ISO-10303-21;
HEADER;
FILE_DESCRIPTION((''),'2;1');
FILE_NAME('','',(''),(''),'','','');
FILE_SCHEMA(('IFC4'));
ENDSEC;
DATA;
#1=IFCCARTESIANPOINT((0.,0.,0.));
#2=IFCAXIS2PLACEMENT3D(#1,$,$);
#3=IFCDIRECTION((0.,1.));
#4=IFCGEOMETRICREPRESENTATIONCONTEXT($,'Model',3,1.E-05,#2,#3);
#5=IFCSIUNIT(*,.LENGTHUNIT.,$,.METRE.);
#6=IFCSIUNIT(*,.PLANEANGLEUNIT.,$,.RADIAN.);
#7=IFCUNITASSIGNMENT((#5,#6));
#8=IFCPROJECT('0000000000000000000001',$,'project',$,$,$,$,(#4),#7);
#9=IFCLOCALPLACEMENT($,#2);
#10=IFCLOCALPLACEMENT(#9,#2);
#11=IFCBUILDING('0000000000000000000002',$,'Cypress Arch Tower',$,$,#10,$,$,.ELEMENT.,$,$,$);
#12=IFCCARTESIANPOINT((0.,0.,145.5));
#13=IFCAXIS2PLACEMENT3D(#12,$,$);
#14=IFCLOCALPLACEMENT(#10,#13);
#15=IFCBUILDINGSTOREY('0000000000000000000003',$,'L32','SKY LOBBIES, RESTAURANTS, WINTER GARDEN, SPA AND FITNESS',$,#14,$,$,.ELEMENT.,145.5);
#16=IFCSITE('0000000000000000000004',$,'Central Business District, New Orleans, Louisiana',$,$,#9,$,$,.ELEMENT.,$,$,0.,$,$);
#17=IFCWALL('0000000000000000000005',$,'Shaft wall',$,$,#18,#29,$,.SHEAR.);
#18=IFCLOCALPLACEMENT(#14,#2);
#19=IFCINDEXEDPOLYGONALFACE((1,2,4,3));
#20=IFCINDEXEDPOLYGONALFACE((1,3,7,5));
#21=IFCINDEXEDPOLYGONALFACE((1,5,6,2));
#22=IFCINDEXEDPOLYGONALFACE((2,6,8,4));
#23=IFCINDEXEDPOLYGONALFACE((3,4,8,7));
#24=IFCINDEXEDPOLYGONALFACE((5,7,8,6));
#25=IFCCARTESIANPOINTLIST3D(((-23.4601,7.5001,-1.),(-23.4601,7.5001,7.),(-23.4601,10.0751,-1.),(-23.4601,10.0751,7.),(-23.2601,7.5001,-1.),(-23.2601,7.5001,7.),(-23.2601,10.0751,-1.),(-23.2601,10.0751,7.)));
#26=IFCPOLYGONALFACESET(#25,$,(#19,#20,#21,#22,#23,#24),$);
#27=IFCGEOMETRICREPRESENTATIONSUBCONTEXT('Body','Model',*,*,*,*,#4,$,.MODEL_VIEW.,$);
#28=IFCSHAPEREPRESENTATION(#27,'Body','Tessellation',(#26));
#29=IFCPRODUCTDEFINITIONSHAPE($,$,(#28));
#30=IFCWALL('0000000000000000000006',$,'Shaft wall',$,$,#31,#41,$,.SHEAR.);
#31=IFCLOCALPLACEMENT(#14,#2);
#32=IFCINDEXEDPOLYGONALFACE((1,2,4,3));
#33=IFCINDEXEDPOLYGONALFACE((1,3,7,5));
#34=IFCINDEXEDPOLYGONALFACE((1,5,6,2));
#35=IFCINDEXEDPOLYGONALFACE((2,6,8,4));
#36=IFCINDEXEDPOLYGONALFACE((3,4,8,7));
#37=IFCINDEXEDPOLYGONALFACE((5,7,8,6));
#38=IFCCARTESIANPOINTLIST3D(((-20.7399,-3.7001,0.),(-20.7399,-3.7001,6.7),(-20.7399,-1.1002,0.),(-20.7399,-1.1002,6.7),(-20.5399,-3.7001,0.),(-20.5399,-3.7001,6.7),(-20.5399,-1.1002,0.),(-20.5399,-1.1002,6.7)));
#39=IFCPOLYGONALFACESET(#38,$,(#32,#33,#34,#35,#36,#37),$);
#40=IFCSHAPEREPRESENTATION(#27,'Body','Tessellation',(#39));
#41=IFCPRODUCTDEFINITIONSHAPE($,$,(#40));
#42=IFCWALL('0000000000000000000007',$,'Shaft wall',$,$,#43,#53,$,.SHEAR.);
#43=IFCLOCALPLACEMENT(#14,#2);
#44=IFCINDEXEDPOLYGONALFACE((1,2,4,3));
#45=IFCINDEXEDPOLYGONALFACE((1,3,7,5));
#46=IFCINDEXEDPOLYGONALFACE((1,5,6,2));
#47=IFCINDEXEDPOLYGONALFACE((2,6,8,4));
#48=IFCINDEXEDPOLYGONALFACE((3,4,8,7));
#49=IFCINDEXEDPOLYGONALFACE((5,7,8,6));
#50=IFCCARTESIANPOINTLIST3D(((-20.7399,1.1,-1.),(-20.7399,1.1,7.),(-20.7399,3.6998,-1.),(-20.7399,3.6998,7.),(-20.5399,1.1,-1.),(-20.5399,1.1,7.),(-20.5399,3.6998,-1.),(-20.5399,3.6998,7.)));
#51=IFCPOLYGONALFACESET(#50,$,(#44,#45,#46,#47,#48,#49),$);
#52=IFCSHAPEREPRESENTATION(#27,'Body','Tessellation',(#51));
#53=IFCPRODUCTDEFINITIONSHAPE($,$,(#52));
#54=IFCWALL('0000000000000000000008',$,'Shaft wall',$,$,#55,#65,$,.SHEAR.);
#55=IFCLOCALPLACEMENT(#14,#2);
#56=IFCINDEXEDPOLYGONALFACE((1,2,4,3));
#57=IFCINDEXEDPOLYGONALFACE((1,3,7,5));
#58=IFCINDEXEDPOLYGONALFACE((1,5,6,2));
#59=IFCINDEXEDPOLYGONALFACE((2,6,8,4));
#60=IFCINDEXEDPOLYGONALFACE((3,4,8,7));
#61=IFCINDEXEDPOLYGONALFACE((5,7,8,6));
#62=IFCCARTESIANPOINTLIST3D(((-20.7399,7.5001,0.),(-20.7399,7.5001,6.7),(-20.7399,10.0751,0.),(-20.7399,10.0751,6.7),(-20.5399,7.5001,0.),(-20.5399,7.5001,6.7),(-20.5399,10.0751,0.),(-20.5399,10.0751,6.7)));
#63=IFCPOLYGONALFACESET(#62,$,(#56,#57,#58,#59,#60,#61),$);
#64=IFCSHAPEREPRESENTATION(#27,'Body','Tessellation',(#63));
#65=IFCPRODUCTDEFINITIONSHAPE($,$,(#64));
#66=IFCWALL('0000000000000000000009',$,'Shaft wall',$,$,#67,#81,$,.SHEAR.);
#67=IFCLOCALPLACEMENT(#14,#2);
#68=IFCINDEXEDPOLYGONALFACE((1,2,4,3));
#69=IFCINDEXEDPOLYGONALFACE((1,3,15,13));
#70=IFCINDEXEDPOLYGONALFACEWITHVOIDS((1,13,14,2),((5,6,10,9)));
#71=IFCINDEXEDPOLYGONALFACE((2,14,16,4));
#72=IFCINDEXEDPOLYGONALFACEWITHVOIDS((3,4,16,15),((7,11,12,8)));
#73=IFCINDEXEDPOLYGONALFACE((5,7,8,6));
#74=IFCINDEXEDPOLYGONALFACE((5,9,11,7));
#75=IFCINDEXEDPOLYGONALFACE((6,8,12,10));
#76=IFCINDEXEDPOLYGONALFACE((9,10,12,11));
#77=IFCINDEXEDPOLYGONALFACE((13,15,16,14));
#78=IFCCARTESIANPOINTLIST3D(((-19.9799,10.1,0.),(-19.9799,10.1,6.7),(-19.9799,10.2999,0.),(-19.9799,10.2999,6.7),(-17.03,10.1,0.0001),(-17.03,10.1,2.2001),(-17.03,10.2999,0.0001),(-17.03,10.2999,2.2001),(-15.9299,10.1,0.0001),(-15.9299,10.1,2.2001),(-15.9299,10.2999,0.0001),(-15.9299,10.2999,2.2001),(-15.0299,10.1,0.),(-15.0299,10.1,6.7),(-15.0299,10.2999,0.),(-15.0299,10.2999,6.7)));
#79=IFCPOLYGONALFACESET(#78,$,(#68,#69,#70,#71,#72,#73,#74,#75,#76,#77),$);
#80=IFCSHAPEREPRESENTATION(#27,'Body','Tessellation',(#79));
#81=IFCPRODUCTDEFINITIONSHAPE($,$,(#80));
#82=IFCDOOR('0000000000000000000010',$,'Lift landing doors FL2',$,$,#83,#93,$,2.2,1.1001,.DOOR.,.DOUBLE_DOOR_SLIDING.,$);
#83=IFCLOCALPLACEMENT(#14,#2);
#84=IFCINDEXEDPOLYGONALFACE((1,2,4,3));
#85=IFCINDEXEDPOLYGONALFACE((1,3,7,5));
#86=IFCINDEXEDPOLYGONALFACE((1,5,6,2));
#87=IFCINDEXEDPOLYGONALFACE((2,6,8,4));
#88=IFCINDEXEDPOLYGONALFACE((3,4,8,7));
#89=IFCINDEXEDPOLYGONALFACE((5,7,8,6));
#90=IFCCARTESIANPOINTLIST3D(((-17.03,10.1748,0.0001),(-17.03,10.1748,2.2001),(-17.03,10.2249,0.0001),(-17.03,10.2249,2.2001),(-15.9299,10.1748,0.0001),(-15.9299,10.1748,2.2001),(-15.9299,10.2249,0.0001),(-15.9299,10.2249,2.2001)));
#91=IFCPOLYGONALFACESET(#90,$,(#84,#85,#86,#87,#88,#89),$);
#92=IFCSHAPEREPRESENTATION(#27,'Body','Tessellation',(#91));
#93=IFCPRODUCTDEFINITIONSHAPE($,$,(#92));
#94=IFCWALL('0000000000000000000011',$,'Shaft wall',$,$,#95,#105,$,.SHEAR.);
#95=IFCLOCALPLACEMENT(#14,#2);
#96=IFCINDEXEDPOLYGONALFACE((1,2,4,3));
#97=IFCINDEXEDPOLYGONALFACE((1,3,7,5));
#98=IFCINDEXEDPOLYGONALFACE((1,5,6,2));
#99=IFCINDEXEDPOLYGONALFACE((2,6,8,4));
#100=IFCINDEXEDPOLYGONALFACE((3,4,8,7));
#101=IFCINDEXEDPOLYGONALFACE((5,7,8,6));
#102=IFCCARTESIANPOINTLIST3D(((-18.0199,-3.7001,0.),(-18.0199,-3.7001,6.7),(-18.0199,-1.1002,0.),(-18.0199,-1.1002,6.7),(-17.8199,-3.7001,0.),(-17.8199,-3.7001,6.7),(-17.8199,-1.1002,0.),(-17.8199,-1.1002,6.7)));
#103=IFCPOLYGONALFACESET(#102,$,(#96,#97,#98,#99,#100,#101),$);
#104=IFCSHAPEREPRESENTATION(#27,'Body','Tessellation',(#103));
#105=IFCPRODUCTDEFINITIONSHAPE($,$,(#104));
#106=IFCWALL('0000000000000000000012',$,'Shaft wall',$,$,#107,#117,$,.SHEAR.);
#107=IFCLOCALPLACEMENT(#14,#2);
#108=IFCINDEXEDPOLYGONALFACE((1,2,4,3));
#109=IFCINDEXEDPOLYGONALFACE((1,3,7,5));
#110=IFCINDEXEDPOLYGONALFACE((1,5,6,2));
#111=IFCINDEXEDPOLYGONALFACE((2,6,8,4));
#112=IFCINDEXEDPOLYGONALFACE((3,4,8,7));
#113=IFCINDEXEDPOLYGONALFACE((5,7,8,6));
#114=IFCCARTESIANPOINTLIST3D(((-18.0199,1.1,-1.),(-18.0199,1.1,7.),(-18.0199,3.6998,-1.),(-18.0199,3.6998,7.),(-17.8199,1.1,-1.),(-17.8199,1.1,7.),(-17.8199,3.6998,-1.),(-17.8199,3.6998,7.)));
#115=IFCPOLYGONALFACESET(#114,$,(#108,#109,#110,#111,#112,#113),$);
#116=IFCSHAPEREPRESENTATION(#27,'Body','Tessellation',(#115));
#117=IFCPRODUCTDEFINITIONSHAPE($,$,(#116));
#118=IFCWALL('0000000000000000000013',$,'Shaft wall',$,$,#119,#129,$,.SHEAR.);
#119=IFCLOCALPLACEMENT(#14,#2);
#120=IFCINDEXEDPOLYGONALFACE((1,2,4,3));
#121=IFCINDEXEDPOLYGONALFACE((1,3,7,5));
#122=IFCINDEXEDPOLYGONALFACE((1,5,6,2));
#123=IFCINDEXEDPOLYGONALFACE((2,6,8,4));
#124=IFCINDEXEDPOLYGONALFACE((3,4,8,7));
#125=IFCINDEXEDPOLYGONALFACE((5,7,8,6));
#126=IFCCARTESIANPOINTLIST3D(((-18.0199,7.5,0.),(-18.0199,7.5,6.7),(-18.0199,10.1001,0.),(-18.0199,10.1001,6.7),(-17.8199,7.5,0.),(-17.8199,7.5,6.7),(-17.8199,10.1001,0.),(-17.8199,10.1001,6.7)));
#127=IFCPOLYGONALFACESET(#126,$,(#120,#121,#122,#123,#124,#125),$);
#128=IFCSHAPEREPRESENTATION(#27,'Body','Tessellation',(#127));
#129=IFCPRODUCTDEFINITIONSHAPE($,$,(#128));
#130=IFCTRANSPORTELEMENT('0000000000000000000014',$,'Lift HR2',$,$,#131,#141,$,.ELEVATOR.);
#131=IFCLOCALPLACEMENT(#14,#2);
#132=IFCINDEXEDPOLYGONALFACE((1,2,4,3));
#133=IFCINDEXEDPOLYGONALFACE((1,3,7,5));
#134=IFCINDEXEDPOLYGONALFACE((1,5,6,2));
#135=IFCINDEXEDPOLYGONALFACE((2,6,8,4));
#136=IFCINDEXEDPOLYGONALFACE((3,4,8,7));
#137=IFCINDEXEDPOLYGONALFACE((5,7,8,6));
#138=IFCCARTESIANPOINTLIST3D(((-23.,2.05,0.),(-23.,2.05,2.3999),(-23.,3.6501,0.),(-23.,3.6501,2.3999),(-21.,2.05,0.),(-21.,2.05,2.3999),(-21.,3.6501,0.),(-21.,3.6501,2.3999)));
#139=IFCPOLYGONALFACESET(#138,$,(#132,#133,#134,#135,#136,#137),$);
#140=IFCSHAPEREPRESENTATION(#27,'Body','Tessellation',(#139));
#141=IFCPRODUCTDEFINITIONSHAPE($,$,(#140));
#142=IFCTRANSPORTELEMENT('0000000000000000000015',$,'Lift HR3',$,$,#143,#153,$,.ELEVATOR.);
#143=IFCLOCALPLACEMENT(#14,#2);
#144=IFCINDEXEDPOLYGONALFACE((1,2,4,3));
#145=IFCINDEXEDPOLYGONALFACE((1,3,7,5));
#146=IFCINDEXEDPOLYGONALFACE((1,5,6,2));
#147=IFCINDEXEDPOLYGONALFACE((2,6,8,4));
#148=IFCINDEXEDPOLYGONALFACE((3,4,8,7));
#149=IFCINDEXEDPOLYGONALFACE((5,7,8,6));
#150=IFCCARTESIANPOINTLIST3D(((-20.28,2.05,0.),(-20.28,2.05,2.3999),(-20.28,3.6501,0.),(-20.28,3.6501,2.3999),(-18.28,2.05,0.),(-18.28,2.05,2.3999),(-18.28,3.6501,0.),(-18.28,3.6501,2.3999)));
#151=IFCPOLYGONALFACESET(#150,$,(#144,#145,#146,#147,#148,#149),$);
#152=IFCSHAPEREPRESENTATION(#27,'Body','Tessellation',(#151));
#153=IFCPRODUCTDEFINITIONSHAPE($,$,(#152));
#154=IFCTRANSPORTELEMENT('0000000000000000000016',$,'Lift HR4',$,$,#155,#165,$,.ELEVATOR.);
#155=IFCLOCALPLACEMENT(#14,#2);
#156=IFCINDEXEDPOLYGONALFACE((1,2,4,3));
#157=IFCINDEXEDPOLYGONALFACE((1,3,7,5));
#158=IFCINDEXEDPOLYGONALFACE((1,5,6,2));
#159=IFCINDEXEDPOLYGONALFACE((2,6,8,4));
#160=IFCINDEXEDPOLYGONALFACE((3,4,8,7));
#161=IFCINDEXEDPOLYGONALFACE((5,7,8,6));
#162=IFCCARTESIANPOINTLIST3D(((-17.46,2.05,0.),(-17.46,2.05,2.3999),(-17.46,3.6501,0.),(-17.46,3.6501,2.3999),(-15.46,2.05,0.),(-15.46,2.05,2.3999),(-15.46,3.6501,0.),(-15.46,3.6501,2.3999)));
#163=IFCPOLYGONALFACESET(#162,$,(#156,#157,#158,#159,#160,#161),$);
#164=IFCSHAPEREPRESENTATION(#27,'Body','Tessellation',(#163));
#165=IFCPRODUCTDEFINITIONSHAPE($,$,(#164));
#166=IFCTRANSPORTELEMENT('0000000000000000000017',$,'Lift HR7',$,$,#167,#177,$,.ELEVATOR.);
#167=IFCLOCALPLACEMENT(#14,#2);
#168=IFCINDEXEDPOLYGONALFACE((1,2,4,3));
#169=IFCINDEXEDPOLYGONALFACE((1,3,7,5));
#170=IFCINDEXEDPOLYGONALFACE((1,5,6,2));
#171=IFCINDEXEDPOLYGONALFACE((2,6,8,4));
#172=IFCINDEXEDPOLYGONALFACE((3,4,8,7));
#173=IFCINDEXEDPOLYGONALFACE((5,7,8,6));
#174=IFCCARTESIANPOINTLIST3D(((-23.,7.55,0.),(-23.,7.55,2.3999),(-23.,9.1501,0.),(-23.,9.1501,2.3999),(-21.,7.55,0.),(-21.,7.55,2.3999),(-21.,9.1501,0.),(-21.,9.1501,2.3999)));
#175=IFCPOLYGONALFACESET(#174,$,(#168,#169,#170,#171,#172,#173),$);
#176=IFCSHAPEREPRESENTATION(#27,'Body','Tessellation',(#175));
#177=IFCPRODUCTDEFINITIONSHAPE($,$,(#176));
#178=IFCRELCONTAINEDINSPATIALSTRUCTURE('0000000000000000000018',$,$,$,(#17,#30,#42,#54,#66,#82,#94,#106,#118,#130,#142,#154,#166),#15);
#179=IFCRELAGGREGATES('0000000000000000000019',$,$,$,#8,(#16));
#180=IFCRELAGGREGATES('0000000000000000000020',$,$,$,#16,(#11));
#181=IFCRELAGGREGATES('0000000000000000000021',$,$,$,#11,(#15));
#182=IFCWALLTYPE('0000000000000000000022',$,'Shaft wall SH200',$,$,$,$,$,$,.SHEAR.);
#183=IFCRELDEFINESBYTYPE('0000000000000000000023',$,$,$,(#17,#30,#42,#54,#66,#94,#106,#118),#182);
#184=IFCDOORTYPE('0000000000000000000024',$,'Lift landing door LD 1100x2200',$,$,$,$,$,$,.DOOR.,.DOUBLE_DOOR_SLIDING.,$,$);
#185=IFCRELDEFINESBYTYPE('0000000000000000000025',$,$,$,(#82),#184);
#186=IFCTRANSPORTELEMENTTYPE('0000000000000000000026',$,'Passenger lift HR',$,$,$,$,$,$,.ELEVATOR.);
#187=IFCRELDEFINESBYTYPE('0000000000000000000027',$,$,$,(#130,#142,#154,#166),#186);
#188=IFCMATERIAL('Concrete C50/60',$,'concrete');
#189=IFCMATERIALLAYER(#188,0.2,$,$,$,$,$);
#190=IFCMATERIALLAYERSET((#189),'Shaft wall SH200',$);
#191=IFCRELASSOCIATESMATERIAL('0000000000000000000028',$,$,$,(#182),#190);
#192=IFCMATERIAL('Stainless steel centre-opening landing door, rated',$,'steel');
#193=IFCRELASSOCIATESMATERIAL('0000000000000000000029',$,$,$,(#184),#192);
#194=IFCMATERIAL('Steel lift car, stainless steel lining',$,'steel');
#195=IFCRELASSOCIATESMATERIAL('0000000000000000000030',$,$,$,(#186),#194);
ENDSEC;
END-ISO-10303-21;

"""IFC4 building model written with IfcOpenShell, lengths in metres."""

from ifc_helpers import new_model, si_unit, direction, frame, frame_2d, origin, origin_2d, place, context, subcontext, project, spatial, rectangle, extrude, material, layer, layer_set, type_object, element, fill, save


model = new_model("IFC4")

# Units and contexts
model_context = context("Model", 3, precision=1e-05, world=origin(), true_north=direction((0.0, 1.0)))
body_context = subcontext(model_context, "Body", "Model", "MODEL_VIEW")
ifc_project = project(units=[si_unit("LENGTHUNIT", "METRE"), si_unit("PLANEANGLEUNIT", "RADIAN")], contexts=[model_context])

# Site, building, storey
site_placement = place(None, origin())
site = spatial("IfcSite", under=ifc_project, at=site_placement, Name="Central Business District, New Orleans, Louisiana", CompositionType="ELEMENT", RefElevation=0.0)
building_placement = place(site_placement, origin())
building = spatial("IfcBuilding", under=site, at=building_placement, Name="Cypress Arch Tower", CompositionType="ELEMENT")
storey_placement = place(building_placement, frame((0.0, 0.0, 145.5)))
storey = spatial("IfcBuildingStorey", under=building, at=storey_placement, Name="L32", Description="SKY LOBBIES, RESTAURANTS, WINTER GARDEN, SPA AND FITNESS", CompositionType="ELEMENT", Elevation=145.5)

# Walls
ifc_material_1 = material(Name="Concrete C50/60", Category="concrete")
ifc_layer_1 = layer(ifc_material_1, 0.2)
ifc_layer_set_1 = layer_set([ifc_layer_1], Name="Shaft wall SH200")
wall_type_1 = type_object("IfcWallType", Name="Shaft wall SH200", PredefinedType="SHEAR", material=ifc_layer_set_1)
wall_1_placement = place(storey_placement, frame((-23.3601, 7.5, -1.0), z_axis=(0.0, 0.0, 1.0), x_axis=(0.0, 1.0, 0.0)))
element("IfcWall", 1, at=wall_1_placement, inside=storey, type_object=wall_type_1, Name="Shaft wall", PredefinedType="SHEAR", context=body_context, shape_type="SweptSolid", body=[
    extrude(rectangle(XDim=2.575, YDim=0.2, at=frame_2d((1.2876, 0.0))), origin(), (0.0, 0.0, 1.0), 8.0),
])
wall_2_placement = place(storey_placement, frame((-20.6399, -3.7, 0.0), z_axis=(0.0, 0.0, 1.0), x_axis=(0.0, 1.0, 0.0)))
element("IfcWall", 2, at=wall_2_placement, inside=storey, type_object=wall_type_1, Name="Shaft wall", PredefinedType="SHEAR", context=body_context, shape_type="SweptSolid", body=[
    extrude(rectangle(XDim=2.5999, YDim=0.2, at=frame_2d((1.2998, 0.0))), origin(), (0.0, 0.0, 1.0), 6.7),
])
wall_3_placement = place(storey_placement, frame((-20.6399, 1.1001, -1.0), z_axis=(0.0, 0.0, 1.0), x_axis=(0.0, 1.0, 0.0)))
element("IfcWall", 3, at=wall_3_placement, inside=storey, type_object=wall_type_1, Name="Shaft wall", PredefinedType="SHEAR", context=body_context, shape_type="SweptSolid", body=[
    extrude(rectangle(XDim=2.5999, YDim=0.2, at=frame_2d((1.2998, 0.0))), origin(), (0.0, 0.0, 1.0), 8.0),
])
wall_4_placement = place(storey_placement, frame((-20.6399, 7.5, 0.0), z_axis=(0.0, 0.0, 1.0), x_axis=(0.0, 1.0, 0.0)))
element("IfcWall", 4, at=wall_4_placement, inside=storey, type_object=wall_type_1, Name="Shaft wall", PredefinedType="SHEAR", context=body_context, shape_type="SweptSolid", body=[
    extrude(rectangle(XDim=2.575, YDim=0.2, at=frame_2d((1.2876, 0.0))), origin(), (0.0, 0.0, 1.0), 6.7),
])

# Wall, opening, door
wall_5_placement = place(storey_placement, frame((-19.98, 10.2, 0.0), z_axis=(0.0, 0.0, 1.0), x_axis=(1.0, 0.0, 0.0)))
wall_5 = element("IfcWall", 5, at=wall_5_placement, inside=storey, type_object=wall_type_1, Name="Shaft wall", PredefinedType="SHEAR", context=body_context, shape_type="SweptSolid", body=[
    extrude(rectangle(XDim=4.95, YDim=0.2, at=frame_2d((2.4751, 0.0))), origin(), (0.0, 0.0, 1.0), 6.7),
])
opening_placement = place(wall_5_placement, frame((2.95, 0.0, 0.0)))
opening = element("IfcOpeningElement", 6, at=opening_placement, cuts=wall_5, PredefinedType="OPENING", context=body_context, shape_type="SweptSolid", body=[
    extrude(rectangle(XDim=1.1001, YDim=2.2, at=frame_2d((0.55, 1.1001))), frame((0.0, 0.1099, 0.0), z_axis=(0.0, -1.0, 0.0), x_axis=(1.0, 0.0, 0.0)), (0.0, 0.0, 1.0), 0.22),
])
ifc_material_2 = material(Name="Stainless steel centre-opening landing door, rated", Category="steel")
door_type = type_object("IfcDoorType", Name="Lift landing door LD 1100x2200", OperationType="DOUBLE_DOOR_SLIDING", PredefinedType="DOOR", material=ifc_material_2)
door_placement = place(opening_placement, origin())
door = element("IfcDoor", 7, at=door_placement, inside=storey, type_object=door_type, Name="Lift landing doors FL2", OperationType="DOUBLE_DOOR_SLIDING", OverallHeight=2.2, OverallWidth=1.1001, PredefinedType="DOOR", context=body_context, shape_type="SweptSolid", body=[
    extrude(rectangle(XDim=1.1001, YDim=2.2, at=frame_2d((0.55, 1.1001))), frame((0.0, 0.0249, 0.0), z_axis=(0.0, -1.0, 0.0), x_axis=(1.0, 0.0, 0.0)), (0.0, 0.0, 1.0), 0.05),
])
fill(opening, door)

# Walls
wall_6_placement = place(storey_placement, frame((-17.9199, -3.7, 0.0), z_axis=(0.0, 0.0, 1.0), x_axis=(0.0, 1.0, 0.0)))
element("IfcWall", 8, at=wall_6_placement, inside=storey, type_object=wall_type_1, Name="Shaft wall", PredefinedType="SHEAR", context=body_context, shape_type="SweptSolid", body=[
    extrude(rectangle(XDim=2.5999, YDim=0.2, at=frame_2d((1.2998, 0.0))), origin(), (0.0, 0.0, 1.0), 6.7),
])
wall_7_placement = place(storey_placement, frame((-17.9199, 1.1001, -1.0), z_axis=(0.0, 0.0, 1.0), x_axis=(0.0, 1.0, 0.0)))
element("IfcWall", 9, at=wall_7_placement, inside=storey, type_object=wall_type_1, Name="Shaft wall", PredefinedType="SHEAR", context=body_context, shape_type="SweptSolid", body=[
    extrude(rectangle(XDim=2.5999, YDim=0.2, at=frame_2d((1.2998, 0.0))), origin(), (0.0, 0.0, 1.0), 8.0),
])
wall_8_placement = place(storey_placement, frame((-17.9199, 7.5, 0.0), z_axis=(0.0, 0.0, 1.0), x_axis=(0.0, 1.0, 0.0)))
element("IfcWall", 10, at=wall_8_placement, inside=storey, type_object=wall_type_1, Name="Shaft wall", PredefinedType="SHEAR", context=body_context, shape_type="SweptSolid", body=[
    extrude(rectangle(XDim=2.6001, YDim=0.2, at=frame_2d((1.3, 0.0))), origin(), (0.0, 0.0, 1.0), 6.7),
])

# Transport elements
ifc_material_3 = material(Name="Steel lift car, stainless steel lining", Category="steel")
transport_element_type = type_object("IfcTransportElementType", Name="Passenger lift HR", PredefinedType="ELEVATOR", material=ifc_material_3)
for number, where, z_axis, x_axis, name in (
    (11, (-22.0, 2.8501, 0.0), (0.0, 0.0, 1.0), (1.0, 0.0, 0.0), "Lift HR2"),
    (12, (-19.28, 2.8501, 0.0), (0.0, 0.0, 1.0), (1.0, 0.0, 0.0), "Lift HR3"),
    (13, (-16.46, 2.8501, 0.0), (0.0, 0.0, 1.0), (1.0, 0.0, 0.0), "Lift HR4"),
    (14, (-22.0, 8.3501, 0.0), (0.0, 0.0, 1.0), (1.0, 0.0, 0.0), "Lift HR7"),
):
    element("IfcTransportElement", number, at=place(storey_placement, frame(where, z_axis=z_axis, x_axis=x_axis)), inside=storey, type_object=transport_element_type, Name=name, PredefinedType="ELEVATOR", context=body_context, shape_type="SweptSolid", body=[
        extrude(rectangle(XDim=2.0, YDim=1.6001, at=origin_2d()), origin(), (0.0, 0.0, 1.0), 2.3999),
    ])

save(model, "model.ifc")
